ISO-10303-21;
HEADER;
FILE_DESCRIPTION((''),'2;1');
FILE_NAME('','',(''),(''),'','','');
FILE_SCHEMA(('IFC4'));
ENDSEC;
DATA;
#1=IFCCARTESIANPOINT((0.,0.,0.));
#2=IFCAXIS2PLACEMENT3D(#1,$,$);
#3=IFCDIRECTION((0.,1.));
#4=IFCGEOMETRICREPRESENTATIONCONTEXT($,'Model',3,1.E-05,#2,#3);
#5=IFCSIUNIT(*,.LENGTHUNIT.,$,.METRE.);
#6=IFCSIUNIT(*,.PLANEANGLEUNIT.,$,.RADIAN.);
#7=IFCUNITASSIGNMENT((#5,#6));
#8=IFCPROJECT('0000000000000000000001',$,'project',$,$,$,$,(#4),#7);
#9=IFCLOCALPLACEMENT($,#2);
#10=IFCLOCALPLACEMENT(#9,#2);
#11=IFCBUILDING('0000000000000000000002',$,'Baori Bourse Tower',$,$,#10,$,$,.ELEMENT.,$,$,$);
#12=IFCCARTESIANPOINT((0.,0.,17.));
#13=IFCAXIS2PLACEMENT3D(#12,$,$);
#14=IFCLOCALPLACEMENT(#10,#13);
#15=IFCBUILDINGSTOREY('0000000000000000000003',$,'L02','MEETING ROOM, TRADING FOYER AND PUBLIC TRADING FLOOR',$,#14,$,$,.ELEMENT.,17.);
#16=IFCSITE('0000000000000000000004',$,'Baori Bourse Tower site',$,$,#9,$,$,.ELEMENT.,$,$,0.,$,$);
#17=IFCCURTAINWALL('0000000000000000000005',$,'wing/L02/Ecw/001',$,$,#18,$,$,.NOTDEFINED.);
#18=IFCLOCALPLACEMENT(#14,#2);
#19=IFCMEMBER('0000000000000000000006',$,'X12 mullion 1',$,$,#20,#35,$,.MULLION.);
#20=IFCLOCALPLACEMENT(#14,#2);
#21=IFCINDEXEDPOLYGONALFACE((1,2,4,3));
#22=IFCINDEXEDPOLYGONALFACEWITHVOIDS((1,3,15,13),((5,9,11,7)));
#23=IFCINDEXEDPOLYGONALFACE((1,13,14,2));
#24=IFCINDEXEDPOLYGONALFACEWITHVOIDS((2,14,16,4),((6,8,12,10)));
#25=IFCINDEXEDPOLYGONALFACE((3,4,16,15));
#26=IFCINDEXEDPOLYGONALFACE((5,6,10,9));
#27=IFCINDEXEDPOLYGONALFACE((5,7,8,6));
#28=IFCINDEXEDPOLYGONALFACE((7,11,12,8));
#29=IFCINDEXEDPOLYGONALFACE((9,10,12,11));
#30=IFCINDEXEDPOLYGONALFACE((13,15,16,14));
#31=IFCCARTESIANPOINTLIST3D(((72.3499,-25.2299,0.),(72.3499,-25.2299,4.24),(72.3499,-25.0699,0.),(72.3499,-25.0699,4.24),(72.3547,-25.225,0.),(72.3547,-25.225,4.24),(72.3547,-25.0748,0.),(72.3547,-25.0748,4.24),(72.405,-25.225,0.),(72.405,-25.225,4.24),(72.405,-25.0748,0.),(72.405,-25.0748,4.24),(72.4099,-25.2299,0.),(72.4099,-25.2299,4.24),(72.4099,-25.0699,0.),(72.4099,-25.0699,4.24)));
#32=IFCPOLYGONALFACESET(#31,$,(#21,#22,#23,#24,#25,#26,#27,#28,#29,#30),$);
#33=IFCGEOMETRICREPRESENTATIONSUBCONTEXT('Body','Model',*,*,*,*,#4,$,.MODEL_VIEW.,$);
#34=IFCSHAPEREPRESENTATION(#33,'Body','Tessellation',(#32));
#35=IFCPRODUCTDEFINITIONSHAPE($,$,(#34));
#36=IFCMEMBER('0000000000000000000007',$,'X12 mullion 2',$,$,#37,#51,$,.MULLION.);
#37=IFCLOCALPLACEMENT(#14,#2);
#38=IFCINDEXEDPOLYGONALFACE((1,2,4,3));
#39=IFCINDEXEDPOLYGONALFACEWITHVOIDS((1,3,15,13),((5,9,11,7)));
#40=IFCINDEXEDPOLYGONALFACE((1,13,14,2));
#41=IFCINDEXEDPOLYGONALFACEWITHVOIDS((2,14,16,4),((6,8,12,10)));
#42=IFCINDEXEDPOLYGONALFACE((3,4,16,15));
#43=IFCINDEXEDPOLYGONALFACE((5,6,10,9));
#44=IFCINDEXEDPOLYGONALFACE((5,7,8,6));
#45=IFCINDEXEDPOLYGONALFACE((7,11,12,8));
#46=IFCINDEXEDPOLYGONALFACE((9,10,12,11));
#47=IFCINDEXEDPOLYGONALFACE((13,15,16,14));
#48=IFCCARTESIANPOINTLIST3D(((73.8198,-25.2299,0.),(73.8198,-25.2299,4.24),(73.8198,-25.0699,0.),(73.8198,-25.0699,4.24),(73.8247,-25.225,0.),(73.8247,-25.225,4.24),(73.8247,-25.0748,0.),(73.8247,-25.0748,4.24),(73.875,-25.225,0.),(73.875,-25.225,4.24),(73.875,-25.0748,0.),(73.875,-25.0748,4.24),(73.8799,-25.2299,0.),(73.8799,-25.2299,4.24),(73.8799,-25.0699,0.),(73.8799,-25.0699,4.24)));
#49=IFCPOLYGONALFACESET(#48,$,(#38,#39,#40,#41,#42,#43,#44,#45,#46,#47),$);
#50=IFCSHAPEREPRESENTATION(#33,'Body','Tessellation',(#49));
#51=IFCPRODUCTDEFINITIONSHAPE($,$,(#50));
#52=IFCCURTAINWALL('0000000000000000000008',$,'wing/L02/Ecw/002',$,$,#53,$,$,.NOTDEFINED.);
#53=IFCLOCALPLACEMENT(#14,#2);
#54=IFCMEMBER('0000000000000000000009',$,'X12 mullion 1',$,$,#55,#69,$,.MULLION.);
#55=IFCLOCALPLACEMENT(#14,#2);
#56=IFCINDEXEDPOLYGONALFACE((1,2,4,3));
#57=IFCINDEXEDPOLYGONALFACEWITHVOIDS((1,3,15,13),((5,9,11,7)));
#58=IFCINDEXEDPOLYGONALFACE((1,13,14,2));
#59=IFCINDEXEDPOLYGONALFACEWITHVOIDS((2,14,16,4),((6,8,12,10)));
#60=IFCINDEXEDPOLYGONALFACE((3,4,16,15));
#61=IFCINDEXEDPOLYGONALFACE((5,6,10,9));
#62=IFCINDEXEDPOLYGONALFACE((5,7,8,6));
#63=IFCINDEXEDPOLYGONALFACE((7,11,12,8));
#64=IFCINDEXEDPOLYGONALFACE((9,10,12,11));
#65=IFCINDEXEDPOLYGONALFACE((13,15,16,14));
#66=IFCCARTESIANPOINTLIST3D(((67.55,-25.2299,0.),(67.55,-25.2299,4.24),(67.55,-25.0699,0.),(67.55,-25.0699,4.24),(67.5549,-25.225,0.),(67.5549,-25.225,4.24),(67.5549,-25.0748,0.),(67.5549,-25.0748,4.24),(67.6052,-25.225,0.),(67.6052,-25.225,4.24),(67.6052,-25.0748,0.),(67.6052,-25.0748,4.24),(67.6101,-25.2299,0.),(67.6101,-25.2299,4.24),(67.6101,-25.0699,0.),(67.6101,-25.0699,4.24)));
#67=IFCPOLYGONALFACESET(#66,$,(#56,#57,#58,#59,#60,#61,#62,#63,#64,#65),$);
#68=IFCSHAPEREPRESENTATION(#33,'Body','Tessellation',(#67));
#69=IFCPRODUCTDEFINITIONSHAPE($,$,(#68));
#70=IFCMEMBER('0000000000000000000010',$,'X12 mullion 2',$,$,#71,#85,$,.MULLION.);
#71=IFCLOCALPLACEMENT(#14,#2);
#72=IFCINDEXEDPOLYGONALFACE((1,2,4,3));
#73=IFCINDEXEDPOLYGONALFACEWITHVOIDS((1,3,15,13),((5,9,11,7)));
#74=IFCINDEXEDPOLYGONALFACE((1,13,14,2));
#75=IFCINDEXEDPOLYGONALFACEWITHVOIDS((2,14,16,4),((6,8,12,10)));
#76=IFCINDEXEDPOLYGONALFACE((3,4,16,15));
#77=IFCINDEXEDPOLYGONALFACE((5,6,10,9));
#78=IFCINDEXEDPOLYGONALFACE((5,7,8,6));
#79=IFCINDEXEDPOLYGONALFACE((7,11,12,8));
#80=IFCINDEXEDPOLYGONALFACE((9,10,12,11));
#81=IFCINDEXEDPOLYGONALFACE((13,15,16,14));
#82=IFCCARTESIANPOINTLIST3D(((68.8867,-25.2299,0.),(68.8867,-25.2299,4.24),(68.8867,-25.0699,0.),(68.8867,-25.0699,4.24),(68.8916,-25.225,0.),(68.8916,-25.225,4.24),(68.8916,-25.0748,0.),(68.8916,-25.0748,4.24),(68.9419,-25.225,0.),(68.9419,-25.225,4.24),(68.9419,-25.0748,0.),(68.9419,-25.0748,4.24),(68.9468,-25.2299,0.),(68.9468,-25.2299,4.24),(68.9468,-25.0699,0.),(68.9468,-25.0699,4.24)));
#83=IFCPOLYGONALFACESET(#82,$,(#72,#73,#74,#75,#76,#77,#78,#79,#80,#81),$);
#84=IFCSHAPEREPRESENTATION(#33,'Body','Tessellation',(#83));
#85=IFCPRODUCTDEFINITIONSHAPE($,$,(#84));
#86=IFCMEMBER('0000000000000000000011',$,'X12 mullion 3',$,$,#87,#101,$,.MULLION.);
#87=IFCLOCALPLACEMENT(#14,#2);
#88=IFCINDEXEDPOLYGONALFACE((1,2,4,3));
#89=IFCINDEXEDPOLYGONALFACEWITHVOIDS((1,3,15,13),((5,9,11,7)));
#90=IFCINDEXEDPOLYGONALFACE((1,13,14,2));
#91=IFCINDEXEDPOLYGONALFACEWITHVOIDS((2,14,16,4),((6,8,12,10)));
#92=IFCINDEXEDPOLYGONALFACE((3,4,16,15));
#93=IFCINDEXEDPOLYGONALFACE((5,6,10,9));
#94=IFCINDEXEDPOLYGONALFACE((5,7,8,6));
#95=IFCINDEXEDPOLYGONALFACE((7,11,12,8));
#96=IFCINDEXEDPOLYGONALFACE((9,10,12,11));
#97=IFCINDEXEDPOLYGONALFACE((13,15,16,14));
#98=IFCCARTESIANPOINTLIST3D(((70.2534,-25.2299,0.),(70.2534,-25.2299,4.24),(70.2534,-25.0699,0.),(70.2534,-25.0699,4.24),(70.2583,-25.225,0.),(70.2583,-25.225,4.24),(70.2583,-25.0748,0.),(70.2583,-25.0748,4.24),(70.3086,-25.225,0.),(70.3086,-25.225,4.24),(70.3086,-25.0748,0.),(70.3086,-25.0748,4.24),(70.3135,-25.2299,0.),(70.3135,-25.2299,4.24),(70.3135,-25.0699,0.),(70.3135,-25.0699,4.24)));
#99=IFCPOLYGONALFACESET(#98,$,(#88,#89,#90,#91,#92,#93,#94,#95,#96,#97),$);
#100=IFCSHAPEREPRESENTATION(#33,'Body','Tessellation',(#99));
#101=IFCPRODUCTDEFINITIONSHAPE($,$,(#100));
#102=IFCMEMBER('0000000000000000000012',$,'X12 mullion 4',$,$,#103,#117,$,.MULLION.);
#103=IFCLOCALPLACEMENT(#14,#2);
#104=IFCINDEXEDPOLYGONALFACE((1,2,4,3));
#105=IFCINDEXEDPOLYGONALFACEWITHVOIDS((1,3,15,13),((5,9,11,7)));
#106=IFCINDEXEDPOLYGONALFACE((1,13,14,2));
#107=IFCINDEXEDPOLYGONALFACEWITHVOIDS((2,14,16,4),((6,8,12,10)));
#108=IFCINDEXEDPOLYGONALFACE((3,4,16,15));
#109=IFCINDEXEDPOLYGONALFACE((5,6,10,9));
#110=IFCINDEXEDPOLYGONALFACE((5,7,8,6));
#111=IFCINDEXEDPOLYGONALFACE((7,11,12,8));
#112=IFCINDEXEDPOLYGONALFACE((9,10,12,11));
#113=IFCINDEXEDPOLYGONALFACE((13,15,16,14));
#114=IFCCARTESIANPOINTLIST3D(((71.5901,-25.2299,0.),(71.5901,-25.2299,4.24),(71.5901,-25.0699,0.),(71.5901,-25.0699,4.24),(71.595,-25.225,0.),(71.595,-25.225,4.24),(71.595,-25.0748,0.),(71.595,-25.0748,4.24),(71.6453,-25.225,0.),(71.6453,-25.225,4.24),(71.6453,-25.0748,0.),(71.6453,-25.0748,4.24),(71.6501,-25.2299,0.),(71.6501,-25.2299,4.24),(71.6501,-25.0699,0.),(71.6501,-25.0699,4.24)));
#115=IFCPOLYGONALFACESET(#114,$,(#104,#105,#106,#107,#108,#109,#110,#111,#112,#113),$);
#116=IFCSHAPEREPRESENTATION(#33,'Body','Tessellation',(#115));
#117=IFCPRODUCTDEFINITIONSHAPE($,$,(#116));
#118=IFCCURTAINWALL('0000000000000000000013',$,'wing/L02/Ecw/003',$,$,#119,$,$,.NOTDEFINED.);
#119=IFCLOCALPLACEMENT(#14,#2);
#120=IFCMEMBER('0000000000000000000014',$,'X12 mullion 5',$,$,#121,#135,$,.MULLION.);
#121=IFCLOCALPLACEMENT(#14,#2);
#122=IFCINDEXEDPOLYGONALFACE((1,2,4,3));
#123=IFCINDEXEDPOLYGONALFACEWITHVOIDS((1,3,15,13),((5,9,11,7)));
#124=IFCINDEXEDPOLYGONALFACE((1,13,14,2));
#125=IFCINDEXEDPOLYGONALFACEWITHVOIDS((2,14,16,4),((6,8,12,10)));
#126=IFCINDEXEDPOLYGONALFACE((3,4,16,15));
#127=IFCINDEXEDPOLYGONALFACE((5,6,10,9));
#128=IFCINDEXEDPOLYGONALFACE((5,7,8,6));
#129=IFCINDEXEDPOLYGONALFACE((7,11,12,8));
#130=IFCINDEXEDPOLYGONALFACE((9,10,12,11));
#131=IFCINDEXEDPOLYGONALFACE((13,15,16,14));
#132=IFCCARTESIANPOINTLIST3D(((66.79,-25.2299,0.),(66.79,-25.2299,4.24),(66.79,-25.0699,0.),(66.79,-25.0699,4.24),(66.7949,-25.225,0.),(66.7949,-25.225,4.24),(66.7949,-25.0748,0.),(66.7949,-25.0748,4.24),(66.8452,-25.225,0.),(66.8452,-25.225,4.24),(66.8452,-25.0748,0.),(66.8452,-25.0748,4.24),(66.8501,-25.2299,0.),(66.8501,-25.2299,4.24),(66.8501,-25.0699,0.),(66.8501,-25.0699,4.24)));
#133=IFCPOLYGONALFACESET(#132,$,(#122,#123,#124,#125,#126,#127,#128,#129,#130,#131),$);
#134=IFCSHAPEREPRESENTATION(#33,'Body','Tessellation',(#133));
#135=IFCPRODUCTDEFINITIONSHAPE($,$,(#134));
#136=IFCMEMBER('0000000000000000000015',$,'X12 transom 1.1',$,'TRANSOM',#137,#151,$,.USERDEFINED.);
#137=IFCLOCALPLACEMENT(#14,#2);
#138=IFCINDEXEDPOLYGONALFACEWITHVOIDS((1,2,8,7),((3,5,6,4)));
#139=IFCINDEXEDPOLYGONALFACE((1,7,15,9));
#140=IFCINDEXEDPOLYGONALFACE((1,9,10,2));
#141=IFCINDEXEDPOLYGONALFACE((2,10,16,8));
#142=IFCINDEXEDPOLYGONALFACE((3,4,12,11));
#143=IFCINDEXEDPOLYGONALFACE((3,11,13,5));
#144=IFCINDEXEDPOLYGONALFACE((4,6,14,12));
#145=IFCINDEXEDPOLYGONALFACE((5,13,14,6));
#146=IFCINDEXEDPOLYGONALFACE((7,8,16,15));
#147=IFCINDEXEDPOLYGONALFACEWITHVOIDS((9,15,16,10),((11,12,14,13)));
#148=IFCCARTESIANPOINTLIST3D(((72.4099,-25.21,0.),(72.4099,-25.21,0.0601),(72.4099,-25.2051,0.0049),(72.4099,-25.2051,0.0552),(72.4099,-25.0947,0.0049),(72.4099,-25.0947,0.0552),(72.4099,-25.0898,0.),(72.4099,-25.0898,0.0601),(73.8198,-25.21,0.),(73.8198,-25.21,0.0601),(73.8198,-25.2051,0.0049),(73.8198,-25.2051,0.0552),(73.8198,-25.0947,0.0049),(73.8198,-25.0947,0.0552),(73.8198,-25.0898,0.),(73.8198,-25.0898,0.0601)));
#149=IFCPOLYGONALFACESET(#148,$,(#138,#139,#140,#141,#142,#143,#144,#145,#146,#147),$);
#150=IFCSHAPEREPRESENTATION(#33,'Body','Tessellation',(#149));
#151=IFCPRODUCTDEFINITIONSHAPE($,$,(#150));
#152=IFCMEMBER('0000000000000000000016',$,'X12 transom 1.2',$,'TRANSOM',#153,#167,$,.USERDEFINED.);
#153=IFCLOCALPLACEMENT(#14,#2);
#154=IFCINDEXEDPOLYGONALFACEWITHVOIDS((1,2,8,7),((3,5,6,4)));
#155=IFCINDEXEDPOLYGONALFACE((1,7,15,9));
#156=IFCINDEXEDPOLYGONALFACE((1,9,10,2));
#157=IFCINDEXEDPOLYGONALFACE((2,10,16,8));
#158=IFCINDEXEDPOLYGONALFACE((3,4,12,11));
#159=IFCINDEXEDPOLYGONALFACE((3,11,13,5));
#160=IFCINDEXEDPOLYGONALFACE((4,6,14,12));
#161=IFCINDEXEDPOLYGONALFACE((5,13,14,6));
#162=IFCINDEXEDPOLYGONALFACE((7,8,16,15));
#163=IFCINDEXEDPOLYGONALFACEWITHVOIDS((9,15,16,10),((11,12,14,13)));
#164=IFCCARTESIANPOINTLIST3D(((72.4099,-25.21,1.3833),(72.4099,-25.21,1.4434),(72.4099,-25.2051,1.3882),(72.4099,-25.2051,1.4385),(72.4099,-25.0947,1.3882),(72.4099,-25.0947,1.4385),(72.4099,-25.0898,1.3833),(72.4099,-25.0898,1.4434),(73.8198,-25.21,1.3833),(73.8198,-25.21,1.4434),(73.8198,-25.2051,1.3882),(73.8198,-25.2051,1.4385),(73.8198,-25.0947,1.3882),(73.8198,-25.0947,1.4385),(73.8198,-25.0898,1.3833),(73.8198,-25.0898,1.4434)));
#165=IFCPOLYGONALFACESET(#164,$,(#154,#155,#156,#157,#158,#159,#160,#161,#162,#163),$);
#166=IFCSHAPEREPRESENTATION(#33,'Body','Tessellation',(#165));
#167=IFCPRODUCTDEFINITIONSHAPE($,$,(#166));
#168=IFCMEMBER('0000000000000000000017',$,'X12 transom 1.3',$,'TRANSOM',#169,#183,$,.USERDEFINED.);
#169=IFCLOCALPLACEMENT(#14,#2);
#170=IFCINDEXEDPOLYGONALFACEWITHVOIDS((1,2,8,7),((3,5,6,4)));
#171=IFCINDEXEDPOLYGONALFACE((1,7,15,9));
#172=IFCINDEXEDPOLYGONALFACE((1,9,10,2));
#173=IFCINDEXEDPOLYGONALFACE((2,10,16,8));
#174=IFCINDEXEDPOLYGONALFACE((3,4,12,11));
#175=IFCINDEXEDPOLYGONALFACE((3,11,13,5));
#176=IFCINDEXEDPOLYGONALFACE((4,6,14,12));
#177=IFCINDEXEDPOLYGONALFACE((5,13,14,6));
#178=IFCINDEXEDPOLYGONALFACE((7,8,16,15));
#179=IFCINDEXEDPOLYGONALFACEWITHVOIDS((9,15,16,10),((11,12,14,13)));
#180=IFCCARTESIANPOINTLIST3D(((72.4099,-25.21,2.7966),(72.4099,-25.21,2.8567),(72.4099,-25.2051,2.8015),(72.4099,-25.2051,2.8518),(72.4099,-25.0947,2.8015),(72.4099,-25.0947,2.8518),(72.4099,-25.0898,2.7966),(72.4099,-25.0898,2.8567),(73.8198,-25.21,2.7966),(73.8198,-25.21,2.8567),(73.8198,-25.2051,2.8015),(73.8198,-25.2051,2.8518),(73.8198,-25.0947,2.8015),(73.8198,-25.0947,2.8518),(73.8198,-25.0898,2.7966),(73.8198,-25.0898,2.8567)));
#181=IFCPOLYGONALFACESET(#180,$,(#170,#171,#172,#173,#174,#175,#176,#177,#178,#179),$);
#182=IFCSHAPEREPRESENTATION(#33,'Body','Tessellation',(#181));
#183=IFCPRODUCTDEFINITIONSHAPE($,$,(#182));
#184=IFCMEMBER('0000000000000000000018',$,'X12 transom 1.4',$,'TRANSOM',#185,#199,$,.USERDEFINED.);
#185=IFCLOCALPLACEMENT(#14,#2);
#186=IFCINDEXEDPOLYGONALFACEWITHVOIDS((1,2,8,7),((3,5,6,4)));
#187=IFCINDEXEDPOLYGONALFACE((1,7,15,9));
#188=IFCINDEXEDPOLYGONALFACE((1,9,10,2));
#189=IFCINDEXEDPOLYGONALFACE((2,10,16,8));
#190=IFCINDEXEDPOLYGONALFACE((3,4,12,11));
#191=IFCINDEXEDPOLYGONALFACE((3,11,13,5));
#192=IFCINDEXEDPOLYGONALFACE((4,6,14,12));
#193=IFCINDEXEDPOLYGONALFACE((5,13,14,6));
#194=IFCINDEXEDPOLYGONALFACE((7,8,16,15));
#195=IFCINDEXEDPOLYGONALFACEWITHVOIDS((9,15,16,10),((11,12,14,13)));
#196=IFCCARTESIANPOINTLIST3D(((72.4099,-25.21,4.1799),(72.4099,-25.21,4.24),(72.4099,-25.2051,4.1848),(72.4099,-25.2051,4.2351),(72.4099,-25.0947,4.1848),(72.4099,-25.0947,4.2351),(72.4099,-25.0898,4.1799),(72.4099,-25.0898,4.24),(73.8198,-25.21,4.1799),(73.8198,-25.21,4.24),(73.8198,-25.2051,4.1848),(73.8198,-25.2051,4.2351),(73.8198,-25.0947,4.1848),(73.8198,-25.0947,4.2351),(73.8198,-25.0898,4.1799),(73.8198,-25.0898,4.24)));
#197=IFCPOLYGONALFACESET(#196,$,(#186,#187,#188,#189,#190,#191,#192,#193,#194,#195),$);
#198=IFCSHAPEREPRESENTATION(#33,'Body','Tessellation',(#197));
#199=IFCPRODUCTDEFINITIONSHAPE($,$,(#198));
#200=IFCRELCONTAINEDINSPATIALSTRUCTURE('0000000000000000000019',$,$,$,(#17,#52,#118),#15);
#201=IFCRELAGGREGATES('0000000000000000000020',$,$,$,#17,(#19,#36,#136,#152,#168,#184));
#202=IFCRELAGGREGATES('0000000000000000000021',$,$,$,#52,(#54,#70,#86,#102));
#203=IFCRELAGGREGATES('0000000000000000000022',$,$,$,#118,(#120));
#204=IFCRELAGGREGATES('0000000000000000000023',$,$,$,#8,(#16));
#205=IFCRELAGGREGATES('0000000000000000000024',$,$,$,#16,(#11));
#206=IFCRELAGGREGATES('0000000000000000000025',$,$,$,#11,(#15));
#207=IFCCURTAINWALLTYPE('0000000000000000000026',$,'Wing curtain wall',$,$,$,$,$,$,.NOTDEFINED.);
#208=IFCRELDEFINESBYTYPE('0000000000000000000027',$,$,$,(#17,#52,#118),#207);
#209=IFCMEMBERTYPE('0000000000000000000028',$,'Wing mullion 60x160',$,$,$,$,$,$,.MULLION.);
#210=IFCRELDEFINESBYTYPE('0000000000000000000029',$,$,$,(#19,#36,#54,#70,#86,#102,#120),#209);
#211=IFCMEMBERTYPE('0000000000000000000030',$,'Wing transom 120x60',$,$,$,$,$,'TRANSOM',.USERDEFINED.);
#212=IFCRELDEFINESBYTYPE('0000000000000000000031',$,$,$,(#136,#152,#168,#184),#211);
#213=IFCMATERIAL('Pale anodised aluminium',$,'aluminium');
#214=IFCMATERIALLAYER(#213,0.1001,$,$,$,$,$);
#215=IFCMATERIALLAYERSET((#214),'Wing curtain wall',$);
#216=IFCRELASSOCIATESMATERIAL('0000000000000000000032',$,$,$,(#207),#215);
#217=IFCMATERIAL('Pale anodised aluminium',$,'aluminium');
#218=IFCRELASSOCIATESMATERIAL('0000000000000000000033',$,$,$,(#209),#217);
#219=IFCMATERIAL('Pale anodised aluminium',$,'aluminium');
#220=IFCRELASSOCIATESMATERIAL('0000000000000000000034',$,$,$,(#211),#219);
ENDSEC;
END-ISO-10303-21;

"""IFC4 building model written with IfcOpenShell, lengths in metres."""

from ifc_helpers import new_model, si_unit, direction, frame, origin, origin_2d, place, context, subcontext, project, spatial, hollow_rectangle, extrude, material, layer, layer_set, material_profile, profile_set, type_object, element, aggregate, save


model = new_model("IFC4")

# Units and contexts
model_context = context("Model", 3, precision=1e-05, world=origin(), true_north=direction((0.0, 1.0)))
body_context = subcontext(model_context, "Body", "Model", "MODEL_VIEW")
ifc_project = project(units=[si_unit("LENGTHUNIT", "METRE"), si_unit("PLANEANGLEUNIT", "RADIAN")], contexts=[model_context])

# Site, building, storey
site_placement = place(None, origin())
site = spatial("IfcSite", under=ifc_project, at=site_placement, Name="Baori Bourse Tower site", CompositionType="ELEMENT", RefElevation=0.0)
building_placement = place(site_placement, origin())
building = spatial("IfcBuilding", under=site, at=building_placement, Name="Baori Bourse Tower", CompositionType="ELEMENT")
storey_placement = place(building_placement, frame((0.0, 0.0, 17.0)))
storey = spatial("IfcBuildingStorey", under=building, at=storey_placement, Name="L02", Description="MEETING ROOM, TRADING FOYER AND PUBLIC TRADING FLOOR", CompositionType="ELEMENT", Elevation=17.0)

# Curtain walls, members
ifc_material_1 = material(Name="Pale anodised aluminium", Category="aluminium")
ifc_layer_1 = layer(ifc_material_1, 0.1001)
ifc_layer_set_1 = layer_set([ifc_layer_1], Name="Wing curtain wall")
curtain_wall_type = type_object("IfcCurtainWallType", Name="Wing curtain wall", PredefinedType="NOTDEFINED", material=ifc_layer_set_1)
curtain_wall_1_placement = place(storey_placement, origin())
curtain_wall_1 = element("IfcCurtainWall", 1, at=curtain_wall_1_placement, inside=storey, type_object=curtain_wall_type, Name="wing/L02/Ecw/001", PredefinedType="NOTDEFINED")
ifc_material_2 = material(Name="Pale anodised aluminium", Category="aluminium")
ifc_material_profile_1 = material_profile(ifc_material_2, hollow_rectangle(XDim=0.1599, YDim=0.0601, WallThickness=0.0049, at=origin_2d()), Name="Mullion 160x60x5")
ifc_profile_set_1 = profile_set([ifc_material_profile_1], Name="Pale anodised aluminium")
member_type_1 = type_object("IfcMemberType", Name="Wing mullion 60x160", PredefinedType="MULLION", material=ifc_profile_set_1)
member_1_placement = place(storey_placement, frame((72.3799, -25.1499, 0.0), z_axis=(0.0, 0.0, 1.0), x_axis=(0.0, 1.0, 0.0)))
member_1 = element("IfcMember", 2, at=member_1_placement, type_object=member_type_1, Name="X12 mullion 1", PredefinedType="MULLION", context=body_context, shape_type="SweptSolid", body=[
    extrude(hollow_rectangle(XDim=0.1599, YDim=0.0601, WallThickness=0.0049, at=origin_2d()), origin(), (0.0, 0.0, 1.0), 4.24),
])
member_2_placement = place(storey_placement, frame((73.8499, -25.1499, 0.0), z_axis=(0.0, 0.0, 1.0), x_axis=(0.0, 1.0, 0.0)))
member_2 = element("IfcMember", 3, at=member_2_placement, type_object=member_type_1, Name="X12 mullion 2", PredefinedType="MULLION", context=body_context, shape_type="SweptSolid", body=[
    extrude(hollow_rectangle(XDim=0.1599, YDim=0.0601, WallThickness=0.0049, at=origin_2d()), origin(), (0.0, 0.0, 1.0), 4.24),
])
curtain_wall_2_placement = place(storey_placement, origin())
curtain_wall_2 = element("IfcCurtainWall", 4, at=curtain_wall_2_placement, inside=storey, type_object=curtain_wall_type, Name="wing/L02/Ecw/002", PredefinedType="NOTDEFINED")
member_3_placement = place(storey_placement, frame((67.5801, -25.1499, 0.0), z_axis=(0.0, 0.0, 1.0), x_axis=(0.0, 1.0, 0.0)))
member_3 = element("IfcMember", 5, at=member_3_placement, type_object=member_type_1, Name="X12 mullion 1", PredefinedType="MULLION", context=body_context, shape_type="SweptSolid", body=[
    extrude(hollow_rectangle(XDim=0.1599, YDim=0.0601, WallThickness=0.0049, at=origin_2d()), origin(), (0.0, 0.0, 1.0), 4.24),
])
member_4_placement = place(storey_placement, frame((68.9167, -25.1499, 0.0), z_axis=(0.0, 0.0, 1.0), x_axis=(0.0, 1.0, 0.0)))
member_4 = element("IfcMember", 6, at=member_4_placement, type_object=member_type_1, Name="X12 mullion 2", PredefinedType="MULLION", context=body_context, shape_type="SweptSolid", body=[
    extrude(hollow_rectangle(XDim=0.1599, YDim=0.0601, WallThickness=0.0049, at=origin_2d()), origin(), (0.0, 0.0, 1.0), 4.24),
])
member_5_placement = place(storey_placement, frame((70.2834, -25.1499, 0.0), z_axis=(0.0, 0.0, 1.0), x_axis=(0.0, 1.0, 0.0)))
member_5 = element("IfcMember", 7, at=member_5_placement, type_object=member_type_1, Name="X12 mullion 3", PredefinedType="MULLION", context=body_context, shape_type="SweptSolid", body=[
    extrude(hollow_rectangle(XDim=0.1599, YDim=0.0601, WallThickness=0.0049, at=origin_2d()), origin(), (0.0, 0.0, 1.0), 4.24),
])
member_6_placement = place(storey_placement, frame((71.6201, -25.1499, 0.0), z_axis=(0.0, 0.0, 1.0), x_axis=(0.0, 1.0, 0.0)))
member_6 = element("IfcMember", 8, at=member_6_placement, type_object=member_type_1, Name="X12 mullion 4", PredefinedType="MULLION", context=body_context, shape_type="SweptSolid", body=[
    extrude(hollow_rectangle(XDim=0.1599, YDim=0.0601, WallThickness=0.0049, at=origin_2d()), origin(), (0.0, 0.0, 1.0), 4.24),
])

# Curtain wall, member
curtain_wall_3_placement = place(storey_placement, origin())
curtain_wall_3 = element("IfcCurtainWall", 9, at=curtain_wall_3_placement, inside=storey, type_object=curtain_wall_type, Name="wing/L02/Ecw/003", PredefinedType="NOTDEFINED")
member_7_placement = place(storey_placement, frame((66.8201, -25.1499, 0.0), z_axis=(0.0, 0.0, 1.0), x_axis=(0.0, 1.0, 0.0)))
member_7 = element("IfcMember", 10, at=member_7_placement, type_object=member_type_1, Name="X12 mullion 5", PredefinedType="MULLION", context=body_context, shape_type="SweptSolid", body=[
    extrude(hollow_rectangle(XDim=0.1599, YDim=0.0601, WallThickness=0.0049, at=origin_2d()), origin(), (0.0, 0.0, 1.0), 4.24),
])

# Members
ifc_material_3 = material(Name="Pale anodised aluminium", Category="aluminium")
ifc_material_profile_2 = material_profile(ifc_material_3, hollow_rectangle(XDim=0.1201, YDim=0.0601, WallThickness=0.0049, at=origin_2d()), Name="Transom 120x60x5")
ifc_profile_set_2 = profile_set([ifc_material_profile_2], Name="Pale anodised aluminium")
member_type_2 = type_object("IfcMemberType", Name="Wing transom 120x60", ElementType="TRANSOM", PredefinedType="USERDEFINED", material=ifc_profile_set_2)
member_8_placement = place(storey_placement, frame((72.4099, -25.1499, 0.03), z_axis=(1.0, 0.0, 0.0), x_axis=(0.0, 1.0, 0.0)))
member_8 = element("IfcMember", 11, at=member_8_placement, type_object=member_type_2, Name="X12 transom 1.1", ObjectType="TRANSOM", PredefinedType="USERDEFINED", context=body_context, shape_type="SweptSolid", body=[
    extrude(hollow_rectangle(XDim=0.1201, YDim=0.0601, WallThickness=0.0049, at=origin_2d()), origin(), (0.0, 0.0, 1.0), 1.4099),
])
member_9_placement = place(storey_placement, frame((72.4099, -25.1499, 1.4133), z_axis=(1.0, 0.0, 0.0), x_axis=(0.0, 1.0, 0.0)))
member_9 = element("IfcMember", 12, at=member_9_placement, type_object=member_type_2, Name="X12 transom 1.2", ObjectType="TRANSOM", PredefinedType="USERDEFINED", context=body_context, shape_type="SweptSolid", body=[
    extrude(hollow_rectangle(XDim=0.1201, YDim=0.0601, WallThickness=0.0049, at=origin_2d()), origin(), (0.0, 0.0, 1.0), 1.4099),
])
member_10_placement = place(storey_placement, frame((72.4099, -25.1499, 2.8267), z_axis=(1.0, 0.0, 0.0), x_axis=(0.0, 1.0, 0.0)))
member_10 = element("IfcMember", 13, at=member_10_placement, type_object=member_type_2, Name="X12 transom 1.3", ObjectType="TRANSOM", PredefinedType="USERDEFINED", context=body_context, shape_type="SweptSolid", body=[
    extrude(hollow_rectangle(XDim=0.1201, YDim=0.0601, WallThickness=0.0049, at=origin_2d()), origin(), (0.0, 0.0, 1.0), 1.4099),
])
member_11_placement = place(storey_placement, frame((72.4099, -25.1499, 4.21), z_axis=(1.0, 0.0, 0.0), x_axis=(0.0, 1.0, 0.0)))
member_11 = element("IfcMember", 14, at=member_11_placement, type_object=member_type_2, Name="X12 transom 1.4", ObjectType="TRANSOM", PredefinedType="USERDEFINED", context=body_context, shape_type="SweptSolid", body=[
    extrude(hollow_rectangle(XDim=0.1201, YDim=0.0601, WallThickness=0.0049, at=origin_2d()), origin(), (0.0, 0.0, 1.0), 1.4099),
])

aggregate(curtain_wall_1, [member_1, member_2, member_8, member_9, member_10, member_11])
aggregate(curtain_wall_2, [member_3, member_4, member_5, member_6])
aggregate(curtain_wall_3, [member_7])

save(model, "model.ifc")
